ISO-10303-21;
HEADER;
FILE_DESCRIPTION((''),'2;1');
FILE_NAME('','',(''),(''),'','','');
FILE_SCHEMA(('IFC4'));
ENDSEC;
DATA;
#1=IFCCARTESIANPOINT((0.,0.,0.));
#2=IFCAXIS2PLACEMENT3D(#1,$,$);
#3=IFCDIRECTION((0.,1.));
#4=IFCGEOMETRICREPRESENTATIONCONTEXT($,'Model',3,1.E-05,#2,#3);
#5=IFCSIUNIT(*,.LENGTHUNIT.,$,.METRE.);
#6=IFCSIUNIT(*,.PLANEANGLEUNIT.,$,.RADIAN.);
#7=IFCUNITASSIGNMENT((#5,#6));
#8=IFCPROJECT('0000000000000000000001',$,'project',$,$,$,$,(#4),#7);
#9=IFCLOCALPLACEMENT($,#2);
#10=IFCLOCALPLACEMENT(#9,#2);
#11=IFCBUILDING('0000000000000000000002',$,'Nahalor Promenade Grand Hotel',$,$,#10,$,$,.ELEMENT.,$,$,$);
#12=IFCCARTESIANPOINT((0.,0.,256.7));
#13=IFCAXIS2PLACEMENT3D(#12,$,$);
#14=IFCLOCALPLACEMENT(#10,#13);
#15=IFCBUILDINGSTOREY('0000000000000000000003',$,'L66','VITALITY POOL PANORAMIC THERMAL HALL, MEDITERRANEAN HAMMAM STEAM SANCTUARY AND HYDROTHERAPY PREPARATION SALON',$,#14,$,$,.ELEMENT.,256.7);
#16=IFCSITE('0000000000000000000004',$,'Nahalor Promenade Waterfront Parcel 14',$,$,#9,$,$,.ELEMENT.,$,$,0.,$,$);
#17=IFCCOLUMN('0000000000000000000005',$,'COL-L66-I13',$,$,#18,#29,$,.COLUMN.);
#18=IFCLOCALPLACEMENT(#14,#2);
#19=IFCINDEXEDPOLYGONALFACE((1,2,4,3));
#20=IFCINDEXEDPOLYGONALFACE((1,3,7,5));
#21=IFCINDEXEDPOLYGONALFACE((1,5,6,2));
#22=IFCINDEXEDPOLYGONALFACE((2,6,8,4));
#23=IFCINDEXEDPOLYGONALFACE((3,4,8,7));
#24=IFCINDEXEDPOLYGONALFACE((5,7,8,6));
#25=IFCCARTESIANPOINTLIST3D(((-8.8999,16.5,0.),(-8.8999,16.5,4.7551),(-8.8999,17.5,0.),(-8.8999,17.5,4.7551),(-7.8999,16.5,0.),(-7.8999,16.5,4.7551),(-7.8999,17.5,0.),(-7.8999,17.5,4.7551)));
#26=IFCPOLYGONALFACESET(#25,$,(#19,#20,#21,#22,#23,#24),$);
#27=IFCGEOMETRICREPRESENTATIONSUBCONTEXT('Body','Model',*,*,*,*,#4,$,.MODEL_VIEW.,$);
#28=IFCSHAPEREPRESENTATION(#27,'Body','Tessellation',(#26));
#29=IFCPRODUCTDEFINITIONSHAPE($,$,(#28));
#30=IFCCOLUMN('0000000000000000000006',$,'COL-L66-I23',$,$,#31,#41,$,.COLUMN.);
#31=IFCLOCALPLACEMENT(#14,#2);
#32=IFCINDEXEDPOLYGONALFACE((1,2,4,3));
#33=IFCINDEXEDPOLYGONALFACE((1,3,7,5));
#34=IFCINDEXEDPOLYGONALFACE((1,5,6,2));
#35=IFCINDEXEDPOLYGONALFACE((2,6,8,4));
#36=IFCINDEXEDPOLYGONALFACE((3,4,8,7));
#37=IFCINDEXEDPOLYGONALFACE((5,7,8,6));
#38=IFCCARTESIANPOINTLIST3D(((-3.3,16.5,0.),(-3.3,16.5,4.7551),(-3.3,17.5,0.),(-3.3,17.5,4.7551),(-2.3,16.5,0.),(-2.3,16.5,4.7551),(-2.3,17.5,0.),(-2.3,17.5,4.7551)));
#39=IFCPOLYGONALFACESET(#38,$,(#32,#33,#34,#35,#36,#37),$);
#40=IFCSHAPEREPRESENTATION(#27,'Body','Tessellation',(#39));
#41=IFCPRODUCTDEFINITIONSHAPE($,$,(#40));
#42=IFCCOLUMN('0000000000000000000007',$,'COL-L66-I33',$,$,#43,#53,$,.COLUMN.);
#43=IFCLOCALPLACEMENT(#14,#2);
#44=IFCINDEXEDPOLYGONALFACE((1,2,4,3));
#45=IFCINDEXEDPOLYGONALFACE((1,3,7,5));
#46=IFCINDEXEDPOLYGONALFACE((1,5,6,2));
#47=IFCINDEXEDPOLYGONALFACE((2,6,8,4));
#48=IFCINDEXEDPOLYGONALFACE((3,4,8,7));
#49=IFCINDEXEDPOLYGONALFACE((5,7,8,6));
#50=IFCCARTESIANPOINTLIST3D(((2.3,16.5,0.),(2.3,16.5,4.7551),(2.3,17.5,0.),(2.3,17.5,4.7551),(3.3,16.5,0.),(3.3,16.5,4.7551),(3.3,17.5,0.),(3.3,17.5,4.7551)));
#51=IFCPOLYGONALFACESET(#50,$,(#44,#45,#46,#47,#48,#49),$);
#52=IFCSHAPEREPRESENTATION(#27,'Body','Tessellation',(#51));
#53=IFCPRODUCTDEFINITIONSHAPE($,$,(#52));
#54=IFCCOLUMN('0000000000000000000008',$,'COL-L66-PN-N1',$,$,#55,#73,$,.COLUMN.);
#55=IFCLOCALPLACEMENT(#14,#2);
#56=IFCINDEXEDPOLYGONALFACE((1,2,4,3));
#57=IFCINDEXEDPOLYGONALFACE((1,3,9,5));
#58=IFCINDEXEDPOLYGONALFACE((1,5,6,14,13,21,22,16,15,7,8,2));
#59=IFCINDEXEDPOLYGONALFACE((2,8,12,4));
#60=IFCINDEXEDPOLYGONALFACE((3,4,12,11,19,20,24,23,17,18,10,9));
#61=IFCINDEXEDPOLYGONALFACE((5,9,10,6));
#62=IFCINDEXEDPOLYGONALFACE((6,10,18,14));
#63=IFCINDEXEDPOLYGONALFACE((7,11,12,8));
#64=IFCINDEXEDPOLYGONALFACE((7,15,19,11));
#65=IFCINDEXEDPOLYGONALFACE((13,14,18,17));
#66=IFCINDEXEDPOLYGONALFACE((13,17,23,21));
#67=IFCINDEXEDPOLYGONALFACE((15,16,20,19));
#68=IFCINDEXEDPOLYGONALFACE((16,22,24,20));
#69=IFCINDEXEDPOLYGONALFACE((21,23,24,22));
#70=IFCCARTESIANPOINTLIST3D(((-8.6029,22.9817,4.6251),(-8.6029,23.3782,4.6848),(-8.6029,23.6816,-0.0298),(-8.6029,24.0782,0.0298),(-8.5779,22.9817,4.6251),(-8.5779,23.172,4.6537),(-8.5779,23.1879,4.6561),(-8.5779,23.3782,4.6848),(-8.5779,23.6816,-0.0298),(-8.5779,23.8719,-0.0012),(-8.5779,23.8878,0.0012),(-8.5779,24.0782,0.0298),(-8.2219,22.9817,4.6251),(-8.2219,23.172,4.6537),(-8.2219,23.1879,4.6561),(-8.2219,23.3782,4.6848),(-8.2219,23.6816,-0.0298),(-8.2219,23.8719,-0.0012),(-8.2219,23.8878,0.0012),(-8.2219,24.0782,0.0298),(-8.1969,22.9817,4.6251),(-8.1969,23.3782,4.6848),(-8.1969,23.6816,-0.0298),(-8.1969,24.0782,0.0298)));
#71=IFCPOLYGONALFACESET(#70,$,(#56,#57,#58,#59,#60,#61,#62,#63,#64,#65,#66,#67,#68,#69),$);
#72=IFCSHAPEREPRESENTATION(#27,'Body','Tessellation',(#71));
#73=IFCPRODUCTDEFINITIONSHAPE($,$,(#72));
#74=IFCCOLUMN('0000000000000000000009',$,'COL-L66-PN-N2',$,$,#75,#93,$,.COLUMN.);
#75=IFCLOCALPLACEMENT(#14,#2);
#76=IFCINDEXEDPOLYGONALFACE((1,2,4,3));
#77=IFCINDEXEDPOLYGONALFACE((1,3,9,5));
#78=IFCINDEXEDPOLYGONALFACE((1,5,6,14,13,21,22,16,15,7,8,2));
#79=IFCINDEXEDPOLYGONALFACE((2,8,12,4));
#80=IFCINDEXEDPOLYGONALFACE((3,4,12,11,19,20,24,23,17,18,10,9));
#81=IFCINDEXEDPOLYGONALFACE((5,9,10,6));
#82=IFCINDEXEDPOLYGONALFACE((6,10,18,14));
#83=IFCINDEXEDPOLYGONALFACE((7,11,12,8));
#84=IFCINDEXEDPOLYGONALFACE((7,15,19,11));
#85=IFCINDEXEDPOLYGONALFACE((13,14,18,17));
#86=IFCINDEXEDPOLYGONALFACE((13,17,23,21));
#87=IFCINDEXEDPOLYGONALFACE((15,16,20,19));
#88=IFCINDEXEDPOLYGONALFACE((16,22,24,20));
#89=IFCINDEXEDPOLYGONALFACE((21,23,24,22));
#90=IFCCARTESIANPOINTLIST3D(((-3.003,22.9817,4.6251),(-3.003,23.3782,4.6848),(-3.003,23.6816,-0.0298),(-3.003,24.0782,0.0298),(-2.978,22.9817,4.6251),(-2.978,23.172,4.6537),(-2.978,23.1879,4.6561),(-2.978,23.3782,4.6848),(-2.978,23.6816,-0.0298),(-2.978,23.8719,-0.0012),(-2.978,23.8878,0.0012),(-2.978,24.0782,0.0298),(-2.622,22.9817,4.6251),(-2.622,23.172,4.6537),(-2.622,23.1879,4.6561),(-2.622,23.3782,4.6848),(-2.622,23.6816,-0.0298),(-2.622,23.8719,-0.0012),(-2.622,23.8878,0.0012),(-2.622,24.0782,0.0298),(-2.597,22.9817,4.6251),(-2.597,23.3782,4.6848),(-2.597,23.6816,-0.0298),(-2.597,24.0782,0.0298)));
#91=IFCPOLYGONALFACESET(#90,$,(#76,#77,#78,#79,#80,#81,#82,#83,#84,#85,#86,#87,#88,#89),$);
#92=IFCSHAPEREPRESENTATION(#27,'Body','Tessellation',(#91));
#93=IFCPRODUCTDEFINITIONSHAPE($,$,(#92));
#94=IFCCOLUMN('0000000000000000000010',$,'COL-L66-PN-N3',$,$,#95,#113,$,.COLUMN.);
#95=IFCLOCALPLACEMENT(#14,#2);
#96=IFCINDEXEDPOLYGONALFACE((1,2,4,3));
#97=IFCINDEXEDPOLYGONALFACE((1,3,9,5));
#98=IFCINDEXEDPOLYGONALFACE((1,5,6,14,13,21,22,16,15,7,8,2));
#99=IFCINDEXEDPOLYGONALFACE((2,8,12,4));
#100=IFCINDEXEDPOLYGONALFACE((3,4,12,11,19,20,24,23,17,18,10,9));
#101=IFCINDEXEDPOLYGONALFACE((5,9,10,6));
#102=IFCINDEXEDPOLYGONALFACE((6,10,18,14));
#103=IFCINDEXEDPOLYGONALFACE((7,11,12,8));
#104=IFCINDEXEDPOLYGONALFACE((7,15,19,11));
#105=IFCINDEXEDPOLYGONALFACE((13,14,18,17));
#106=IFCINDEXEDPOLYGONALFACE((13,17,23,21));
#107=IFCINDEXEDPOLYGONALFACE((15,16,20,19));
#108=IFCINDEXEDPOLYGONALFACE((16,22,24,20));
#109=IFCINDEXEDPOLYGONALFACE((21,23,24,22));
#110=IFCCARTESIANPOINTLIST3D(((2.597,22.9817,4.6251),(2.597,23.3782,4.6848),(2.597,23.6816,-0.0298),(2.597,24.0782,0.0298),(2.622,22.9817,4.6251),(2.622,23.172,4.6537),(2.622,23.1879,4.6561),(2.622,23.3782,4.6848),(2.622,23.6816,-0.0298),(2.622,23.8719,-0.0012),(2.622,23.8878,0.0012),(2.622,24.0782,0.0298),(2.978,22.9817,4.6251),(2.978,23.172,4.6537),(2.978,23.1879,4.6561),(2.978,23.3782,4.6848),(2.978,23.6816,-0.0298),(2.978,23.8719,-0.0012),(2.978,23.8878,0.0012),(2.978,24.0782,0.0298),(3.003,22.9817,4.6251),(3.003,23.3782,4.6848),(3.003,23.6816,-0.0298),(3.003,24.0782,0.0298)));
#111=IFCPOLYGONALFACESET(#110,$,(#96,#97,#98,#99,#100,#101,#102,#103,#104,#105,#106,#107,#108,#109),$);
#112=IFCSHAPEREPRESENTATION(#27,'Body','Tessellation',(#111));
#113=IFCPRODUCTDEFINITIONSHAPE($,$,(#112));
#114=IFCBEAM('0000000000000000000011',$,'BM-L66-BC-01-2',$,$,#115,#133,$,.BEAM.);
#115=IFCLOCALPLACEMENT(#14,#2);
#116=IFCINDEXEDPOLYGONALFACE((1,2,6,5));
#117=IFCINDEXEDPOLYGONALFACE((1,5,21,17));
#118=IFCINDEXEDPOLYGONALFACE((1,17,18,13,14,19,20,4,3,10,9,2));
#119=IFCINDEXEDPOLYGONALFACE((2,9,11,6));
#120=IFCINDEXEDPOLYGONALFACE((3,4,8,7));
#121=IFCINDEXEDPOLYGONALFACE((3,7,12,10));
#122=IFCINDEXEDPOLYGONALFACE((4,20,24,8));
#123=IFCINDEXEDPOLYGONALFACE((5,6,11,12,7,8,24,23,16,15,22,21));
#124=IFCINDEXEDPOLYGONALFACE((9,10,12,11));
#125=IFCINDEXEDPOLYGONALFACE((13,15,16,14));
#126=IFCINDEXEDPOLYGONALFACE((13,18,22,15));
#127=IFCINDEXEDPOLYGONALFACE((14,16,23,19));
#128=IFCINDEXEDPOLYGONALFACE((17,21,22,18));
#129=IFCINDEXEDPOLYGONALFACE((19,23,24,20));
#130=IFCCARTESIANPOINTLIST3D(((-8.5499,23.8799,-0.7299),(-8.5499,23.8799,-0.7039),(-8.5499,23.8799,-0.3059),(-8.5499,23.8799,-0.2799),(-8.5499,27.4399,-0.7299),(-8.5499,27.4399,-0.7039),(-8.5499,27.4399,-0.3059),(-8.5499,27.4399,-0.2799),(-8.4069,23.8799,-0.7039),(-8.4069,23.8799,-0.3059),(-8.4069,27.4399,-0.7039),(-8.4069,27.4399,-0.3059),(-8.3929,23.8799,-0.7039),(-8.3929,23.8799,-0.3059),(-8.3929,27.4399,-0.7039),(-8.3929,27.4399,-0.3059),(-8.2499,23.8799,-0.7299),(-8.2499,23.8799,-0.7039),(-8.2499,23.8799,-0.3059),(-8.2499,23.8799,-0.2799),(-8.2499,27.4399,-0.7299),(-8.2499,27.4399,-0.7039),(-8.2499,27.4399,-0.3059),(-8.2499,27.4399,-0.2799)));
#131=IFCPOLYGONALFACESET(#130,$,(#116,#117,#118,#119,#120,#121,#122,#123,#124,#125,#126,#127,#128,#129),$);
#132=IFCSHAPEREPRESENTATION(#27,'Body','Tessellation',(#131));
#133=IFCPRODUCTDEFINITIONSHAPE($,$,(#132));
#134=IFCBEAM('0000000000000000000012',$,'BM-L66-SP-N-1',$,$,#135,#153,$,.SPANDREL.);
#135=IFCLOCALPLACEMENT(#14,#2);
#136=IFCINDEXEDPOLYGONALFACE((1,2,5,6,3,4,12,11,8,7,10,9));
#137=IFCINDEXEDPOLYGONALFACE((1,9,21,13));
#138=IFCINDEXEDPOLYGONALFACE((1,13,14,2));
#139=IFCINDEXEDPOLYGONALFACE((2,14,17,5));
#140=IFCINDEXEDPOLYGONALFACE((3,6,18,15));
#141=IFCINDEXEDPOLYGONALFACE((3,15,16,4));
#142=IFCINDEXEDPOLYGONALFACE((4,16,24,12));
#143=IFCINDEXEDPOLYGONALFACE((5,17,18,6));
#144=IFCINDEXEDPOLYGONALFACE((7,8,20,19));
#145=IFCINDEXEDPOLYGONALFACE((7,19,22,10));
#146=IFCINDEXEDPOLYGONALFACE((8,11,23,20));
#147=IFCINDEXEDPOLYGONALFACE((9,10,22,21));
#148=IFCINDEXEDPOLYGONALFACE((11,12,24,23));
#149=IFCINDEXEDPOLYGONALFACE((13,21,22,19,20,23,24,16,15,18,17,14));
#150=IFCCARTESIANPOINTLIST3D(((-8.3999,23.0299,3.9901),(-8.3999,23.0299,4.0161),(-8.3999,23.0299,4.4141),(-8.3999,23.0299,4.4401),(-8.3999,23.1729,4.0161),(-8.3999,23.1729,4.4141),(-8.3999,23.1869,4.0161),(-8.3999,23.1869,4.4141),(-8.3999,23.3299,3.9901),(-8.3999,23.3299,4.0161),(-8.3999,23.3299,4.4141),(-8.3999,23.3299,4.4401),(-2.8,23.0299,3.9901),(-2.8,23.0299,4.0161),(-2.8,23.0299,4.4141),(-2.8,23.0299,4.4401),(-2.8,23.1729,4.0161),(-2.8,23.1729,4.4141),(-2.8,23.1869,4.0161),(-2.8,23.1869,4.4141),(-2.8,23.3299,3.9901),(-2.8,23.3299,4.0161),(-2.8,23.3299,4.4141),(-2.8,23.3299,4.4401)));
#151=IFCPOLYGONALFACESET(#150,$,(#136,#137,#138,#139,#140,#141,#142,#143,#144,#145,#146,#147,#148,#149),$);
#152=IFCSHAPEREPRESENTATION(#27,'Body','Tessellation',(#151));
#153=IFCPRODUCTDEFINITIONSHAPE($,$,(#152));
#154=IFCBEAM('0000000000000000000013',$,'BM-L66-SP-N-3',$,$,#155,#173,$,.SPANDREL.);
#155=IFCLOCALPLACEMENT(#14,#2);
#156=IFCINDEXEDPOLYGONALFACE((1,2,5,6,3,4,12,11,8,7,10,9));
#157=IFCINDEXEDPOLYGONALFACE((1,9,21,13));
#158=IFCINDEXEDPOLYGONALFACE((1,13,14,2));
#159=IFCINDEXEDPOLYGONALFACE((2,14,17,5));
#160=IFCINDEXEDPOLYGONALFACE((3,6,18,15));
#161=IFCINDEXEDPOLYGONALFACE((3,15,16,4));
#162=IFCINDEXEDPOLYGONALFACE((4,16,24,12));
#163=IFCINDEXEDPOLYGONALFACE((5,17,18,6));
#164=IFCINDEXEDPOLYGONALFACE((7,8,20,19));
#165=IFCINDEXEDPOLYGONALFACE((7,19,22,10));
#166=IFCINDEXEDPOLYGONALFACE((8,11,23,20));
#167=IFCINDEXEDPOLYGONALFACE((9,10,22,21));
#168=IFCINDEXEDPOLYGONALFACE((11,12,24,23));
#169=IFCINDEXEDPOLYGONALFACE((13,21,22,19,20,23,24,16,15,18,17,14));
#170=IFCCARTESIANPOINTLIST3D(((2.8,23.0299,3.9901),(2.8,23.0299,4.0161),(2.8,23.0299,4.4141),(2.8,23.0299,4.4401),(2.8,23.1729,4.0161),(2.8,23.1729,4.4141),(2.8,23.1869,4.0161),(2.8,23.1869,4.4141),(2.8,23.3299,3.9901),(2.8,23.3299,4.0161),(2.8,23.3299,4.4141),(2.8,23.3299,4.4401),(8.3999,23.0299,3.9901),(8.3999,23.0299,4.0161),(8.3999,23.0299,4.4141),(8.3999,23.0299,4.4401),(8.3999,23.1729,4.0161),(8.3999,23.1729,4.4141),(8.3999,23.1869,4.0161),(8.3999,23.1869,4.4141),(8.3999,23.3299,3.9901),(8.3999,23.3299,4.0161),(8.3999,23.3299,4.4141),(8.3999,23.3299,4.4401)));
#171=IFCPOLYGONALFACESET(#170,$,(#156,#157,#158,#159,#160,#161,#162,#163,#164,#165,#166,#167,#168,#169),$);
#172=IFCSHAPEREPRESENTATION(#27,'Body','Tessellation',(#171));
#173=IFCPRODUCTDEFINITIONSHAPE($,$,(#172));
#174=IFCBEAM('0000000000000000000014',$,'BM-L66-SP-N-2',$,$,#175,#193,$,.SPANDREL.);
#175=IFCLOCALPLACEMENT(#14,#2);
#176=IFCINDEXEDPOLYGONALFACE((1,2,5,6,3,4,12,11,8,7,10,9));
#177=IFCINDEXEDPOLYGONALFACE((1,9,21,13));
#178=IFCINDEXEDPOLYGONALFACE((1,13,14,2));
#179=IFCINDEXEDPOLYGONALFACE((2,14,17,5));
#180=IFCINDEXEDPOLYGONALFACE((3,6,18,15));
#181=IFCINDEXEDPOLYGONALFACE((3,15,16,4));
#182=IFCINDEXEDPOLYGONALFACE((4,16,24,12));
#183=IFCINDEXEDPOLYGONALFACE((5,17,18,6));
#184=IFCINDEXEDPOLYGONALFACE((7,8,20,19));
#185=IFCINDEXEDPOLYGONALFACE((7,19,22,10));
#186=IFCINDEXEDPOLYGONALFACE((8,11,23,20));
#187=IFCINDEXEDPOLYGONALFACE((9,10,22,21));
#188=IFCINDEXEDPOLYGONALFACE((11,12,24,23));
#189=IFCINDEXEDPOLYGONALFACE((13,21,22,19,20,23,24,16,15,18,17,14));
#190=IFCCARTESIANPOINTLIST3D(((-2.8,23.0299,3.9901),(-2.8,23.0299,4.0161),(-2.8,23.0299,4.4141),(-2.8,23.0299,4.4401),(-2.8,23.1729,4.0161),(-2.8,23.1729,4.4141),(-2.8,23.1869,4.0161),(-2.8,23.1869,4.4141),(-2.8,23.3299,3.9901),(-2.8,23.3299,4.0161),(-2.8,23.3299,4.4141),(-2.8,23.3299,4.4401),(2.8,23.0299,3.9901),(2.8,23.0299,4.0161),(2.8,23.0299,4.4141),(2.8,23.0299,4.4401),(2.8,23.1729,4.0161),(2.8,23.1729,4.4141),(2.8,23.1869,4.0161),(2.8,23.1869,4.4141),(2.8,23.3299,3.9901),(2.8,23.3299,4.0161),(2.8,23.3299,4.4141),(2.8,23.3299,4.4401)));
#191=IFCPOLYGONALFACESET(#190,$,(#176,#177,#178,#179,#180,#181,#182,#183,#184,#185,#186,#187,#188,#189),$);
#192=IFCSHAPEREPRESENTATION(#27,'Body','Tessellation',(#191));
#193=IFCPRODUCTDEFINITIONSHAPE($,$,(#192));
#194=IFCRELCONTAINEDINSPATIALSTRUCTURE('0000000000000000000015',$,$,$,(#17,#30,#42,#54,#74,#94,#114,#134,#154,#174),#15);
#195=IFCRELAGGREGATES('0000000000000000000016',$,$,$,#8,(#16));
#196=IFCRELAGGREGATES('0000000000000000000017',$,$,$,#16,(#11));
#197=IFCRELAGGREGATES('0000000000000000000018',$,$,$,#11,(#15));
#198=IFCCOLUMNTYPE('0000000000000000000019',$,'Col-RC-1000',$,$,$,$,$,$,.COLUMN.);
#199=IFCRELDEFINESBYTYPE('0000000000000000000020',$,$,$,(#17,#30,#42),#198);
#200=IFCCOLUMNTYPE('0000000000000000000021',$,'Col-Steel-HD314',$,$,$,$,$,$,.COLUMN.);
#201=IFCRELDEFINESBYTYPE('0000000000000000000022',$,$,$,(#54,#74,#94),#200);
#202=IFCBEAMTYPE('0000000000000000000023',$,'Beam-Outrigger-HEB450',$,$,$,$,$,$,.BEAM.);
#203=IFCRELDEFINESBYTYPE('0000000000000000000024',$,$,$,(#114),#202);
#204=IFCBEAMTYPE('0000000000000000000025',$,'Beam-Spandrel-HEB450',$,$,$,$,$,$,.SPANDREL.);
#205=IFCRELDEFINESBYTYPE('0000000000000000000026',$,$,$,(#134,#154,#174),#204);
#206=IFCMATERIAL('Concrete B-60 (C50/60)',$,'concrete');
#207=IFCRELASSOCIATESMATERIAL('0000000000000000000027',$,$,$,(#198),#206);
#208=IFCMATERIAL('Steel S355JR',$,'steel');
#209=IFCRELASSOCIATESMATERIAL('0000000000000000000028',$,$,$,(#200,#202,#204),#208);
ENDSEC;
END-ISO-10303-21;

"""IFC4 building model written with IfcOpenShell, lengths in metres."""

from ifc_helpers import new_model, si_unit, direction, frame, origin, origin_2d, place, context, subcontext, project, spatial, rectangle, i_section, extrude, source, transform, mapped, material, material_profile, profile_set, type_object, element, save


model = new_model("IFC4")

# Units and contexts
model_context = context("Model", 3, precision=1e-05, world=origin(), true_north=direction((0.0, 1.0)))
body_context = subcontext(model_context, "Body", "Model", "MODEL_VIEW")
ifc_project = project(units=[si_unit("LENGTHUNIT", "METRE"), si_unit("PLANEANGLEUNIT", "RADIAN")], contexts=[model_context])

# Site, building, storey
site_placement = place(None, origin())
site = spatial("IfcSite", under=ifc_project, at=site_placement, Name="Nahalor Promenade Waterfront Parcel 14", CompositionType="ELEMENT", RefElevation=0.0)
building_placement = place(site_placement, origin())
building = spatial("IfcBuilding", under=site, at=building_placement, Name="Nahalor Promenade Grand Hotel", CompositionType="ELEMENT")
storey_placement = place(building_placement, frame((0.0, 0.0, 256.7)))
storey = spatial("IfcBuildingStorey", under=building, at=storey_placement, Name="L66", Description="VITALITY POOL PANORAMIC THERMAL HALL, MEDITERRANEAN HAMMAM STEAM SANCTUARY AND HYDROTHERAPY PREPARATION SALON", CompositionType="ELEMENT", Elevation=256.7)

# Columns
ifc_material_1 = material(Name="Concrete B-60 (C50/60)", Category="concrete")
ifc_material_profile_1 = material_profile(ifc_material_1, rectangle(XDim=1.0, YDim=1.0, at=origin_2d()), Name="RC 1000x1000")
ifc_profile_set_1 = profile_set([ifc_material_profile_1], Name="Concrete B-60 (C50/60)")
column_type_1 = type_object("IfcColumnType", Name="Col-RC-1000", PredefinedType="COLUMN", material=ifc_profile_set_1)
shared_shape_1 = source(origin(), body_context, "Body", "SweptSolid", [
    extrude(rectangle(XDim=1.0, YDim=1.0, at=origin_2d()), origin(), (0.0, 0.0, 1.0), 4.7551),
])
for number, where, z_axis, x_axis, name in (
    (1, (-8.3999, 17.0, 0.0), (0.0, 0.0, 1.0), (1.0, 0.0, 0.0), "COL-L66-I13"),
    (2, (-2.8, 17.0, 0.0), (0.0, 0.0, 1.0), (1.0, 0.0, 0.0), "COL-L66-I23"),
    (3, (2.8, 17.0, 0.0), (0.0, 0.0, 1.0), (1.0, 0.0, 0.0), "COL-L66-I33"),
):
    element("IfcColumn", number, at=place(storey_placement, frame(where, z_axis=z_axis, x_axis=x_axis)), inside=storey, type_object=column_type_1, Name=name, PredefinedType="COLUMN", context=body_context, shape_type="MappedRepresentation", body=[
        mapped(shared_shape_1, transform((0.0, 0.0, 0.0), scale=1.0)),
    ])
ifc_material_2 = material(Name="Steel S355JR", Category="steel")
ifc_material_profile_2 = material_profile(ifc_material_2, i_section(OverallWidth=0.401, OverallDepth=0.406, WebThickness=0.0161, FlangeThickness=0.025, at=origin_2d()), Name="HD 400x314")
ifc_profile_set_2 = profile_set([ifc_material_profile_2], Name="Steel S355JR")
column_type_2 = type_object("IfcColumnType", Name="Col-Steel-HD314", PredefinedType="COLUMN", material=ifc_profile_set_2)
shared_shape_2 = source(origin(), body_context, "Body", "SweptSolid", [
    extrude(i_section(OverallWidth=0.401, OverallDepth=0.406, WebThickness=0.0161, FlangeThickness=0.025, at=origin_2d()), origin(), (0.0, 0.0, 1.0), 4.7073),
])
for number, where, z_axis, x_axis, name in (
    (4, (-8.3999, 23.8799, 0.0), (0.0, -0.148693, 0.988883), (0.0, 0.988883, 0.148693), "COL-L66-PN-N1"),
    (5, (-2.8, 23.8799, 0.0), (0.0, -0.148693, 0.988883), (0.0, 0.988883, 0.148693), "COL-L66-PN-N2"),
    (6, (2.8, 23.8799, 0.0), (0.0, -0.148693, 0.988883), (0.0, 0.988883, 0.148693), "COL-L66-PN-N3"),
):
    element("IfcColumn", number, at=place(storey_placement, frame(where, z_axis=z_axis, x_axis=x_axis)), inside=storey, type_object=column_type_2, Name=name, PredefinedType="COLUMN", context=body_context, shape_type="MappedRepresentation", body=[
        mapped(shared_shape_2, transform((0.0, 0.0, 0.0), scale=1.0)),
    ])

# Beams
ifc_material_profile_3 = material_profile(ifc_material_2, i_section(OverallWidth=0.3, OverallDepth=0.45, WebThickness=0.014, FlangeThickness=0.026, at=origin_2d()), Name="HEB 450")
ifc_profile_set_3 = profile_set([ifc_material_profile_3], Name="Steel S355JR")
beam_type_1 = type_object("IfcBeamType", Name="Beam-Outrigger-HEB450", PredefinedType="BEAM", material=ifc_profile_set_3)
shared_shape_3 = source(origin(), body_context, "Body", "SweptSolid", [
    extrude(i_section(OverallWidth=0.3, OverallDepth=0.45, WebThickness=0.014, FlangeThickness=0.026, at=origin_2d()), origin(), (0.0, 0.0, 1.0), 3.5601),
])
beam_1_placement = place(storey_placement, frame((-8.3999, 23.8799, -0.5049), z_axis=(0.0, 1.0, 0.0), x_axis=(-1.0, 0.0, 0.0)))
element("IfcBeam", 7, at=beam_1_placement, inside=storey, type_object=beam_type_1, Name="BM-L66-BC-01-2", PredefinedType="BEAM", context=body_context, shape_type="MappedRepresentation", body=[
    mapped(shared_shape_3, transform((0.0, 0.0, 0.0), scale=1.0)),
])
ifc_material_profile_4 = material_profile(ifc_material_2, i_section(OverallWidth=0.3, OverallDepth=0.45, WebThickness=0.014, FlangeThickness=0.026, at=origin_2d()), Name="HEB 450")
ifc_profile_set_4 = profile_set([ifc_material_profile_4], Name="Steel S355JR")
beam_type_2 = type_object("IfcBeamType", Name="Beam-Spandrel-HEB450", PredefinedType="SPANDREL", material=ifc_profile_set_4)
shared_shape_4 = source(origin(), body_context, "Body", "SweptSolid", [
    extrude(i_section(OverallWidth=0.3, OverallDepth=0.45, WebThickness=0.014, FlangeThickness=0.026, at=origin_2d()), origin(), (0.0, 0.0, 1.0), 5.5999),
])
for number, where, z_axis, x_axis, name in (
    (8, (-8.3999, 23.1799, 4.2151), (1.0, 0.0, 0.0), (0.0, 1.0, 0.0), "BM-L66-SP-N-1"),
    (9, (2.8, 23.1799, 4.2151), (1.0, 0.0, 0.0), (0.0, 1.0, 0.0), "BM-L66-SP-N-3"),
):
    element("IfcBeam", number, at=place(storey_placement, frame(where, z_axis=z_axis, x_axis=x_axis)), inside=storey, type_object=beam_type_2, Name=name, PredefinedType="SPANDREL", context=body_context, shape_type="MappedRepresentation", body=[
        mapped(shared_shape_4, transform((0.0, 0.0, 0.0), scale=1.0)),
    ])
shared_shape_5 = source(origin(), body_context, "Body", "SweptSolid", [
    extrude(i_section(OverallWidth=0.3, OverallDepth=0.45, WebThickness=0.014, FlangeThickness=0.026, at=origin_2d()), origin(), (0.0, 0.0, 1.0), 5.6001),
])
beam_2_placement = place(storey_placement, frame((-2.8, 23.1799, 4.2151), z_axis=(1.0, 0.0, 0.0), x_axis=(0.0, 1.0, 0.0)))
element("IfcBeam", 10, at=beam_2_placement, inside=storey, type_object=beam_type_2, Name="BM-L66-SP-N-2", PredefinedType="SPANDREL", context=body_context, shape_type="MappedRepresentation", body=[
    mapped(shared_shape_5, transform((0.0, 0.0, 0.0), scale=1.0)),
])

save(model, "model.ifc")
